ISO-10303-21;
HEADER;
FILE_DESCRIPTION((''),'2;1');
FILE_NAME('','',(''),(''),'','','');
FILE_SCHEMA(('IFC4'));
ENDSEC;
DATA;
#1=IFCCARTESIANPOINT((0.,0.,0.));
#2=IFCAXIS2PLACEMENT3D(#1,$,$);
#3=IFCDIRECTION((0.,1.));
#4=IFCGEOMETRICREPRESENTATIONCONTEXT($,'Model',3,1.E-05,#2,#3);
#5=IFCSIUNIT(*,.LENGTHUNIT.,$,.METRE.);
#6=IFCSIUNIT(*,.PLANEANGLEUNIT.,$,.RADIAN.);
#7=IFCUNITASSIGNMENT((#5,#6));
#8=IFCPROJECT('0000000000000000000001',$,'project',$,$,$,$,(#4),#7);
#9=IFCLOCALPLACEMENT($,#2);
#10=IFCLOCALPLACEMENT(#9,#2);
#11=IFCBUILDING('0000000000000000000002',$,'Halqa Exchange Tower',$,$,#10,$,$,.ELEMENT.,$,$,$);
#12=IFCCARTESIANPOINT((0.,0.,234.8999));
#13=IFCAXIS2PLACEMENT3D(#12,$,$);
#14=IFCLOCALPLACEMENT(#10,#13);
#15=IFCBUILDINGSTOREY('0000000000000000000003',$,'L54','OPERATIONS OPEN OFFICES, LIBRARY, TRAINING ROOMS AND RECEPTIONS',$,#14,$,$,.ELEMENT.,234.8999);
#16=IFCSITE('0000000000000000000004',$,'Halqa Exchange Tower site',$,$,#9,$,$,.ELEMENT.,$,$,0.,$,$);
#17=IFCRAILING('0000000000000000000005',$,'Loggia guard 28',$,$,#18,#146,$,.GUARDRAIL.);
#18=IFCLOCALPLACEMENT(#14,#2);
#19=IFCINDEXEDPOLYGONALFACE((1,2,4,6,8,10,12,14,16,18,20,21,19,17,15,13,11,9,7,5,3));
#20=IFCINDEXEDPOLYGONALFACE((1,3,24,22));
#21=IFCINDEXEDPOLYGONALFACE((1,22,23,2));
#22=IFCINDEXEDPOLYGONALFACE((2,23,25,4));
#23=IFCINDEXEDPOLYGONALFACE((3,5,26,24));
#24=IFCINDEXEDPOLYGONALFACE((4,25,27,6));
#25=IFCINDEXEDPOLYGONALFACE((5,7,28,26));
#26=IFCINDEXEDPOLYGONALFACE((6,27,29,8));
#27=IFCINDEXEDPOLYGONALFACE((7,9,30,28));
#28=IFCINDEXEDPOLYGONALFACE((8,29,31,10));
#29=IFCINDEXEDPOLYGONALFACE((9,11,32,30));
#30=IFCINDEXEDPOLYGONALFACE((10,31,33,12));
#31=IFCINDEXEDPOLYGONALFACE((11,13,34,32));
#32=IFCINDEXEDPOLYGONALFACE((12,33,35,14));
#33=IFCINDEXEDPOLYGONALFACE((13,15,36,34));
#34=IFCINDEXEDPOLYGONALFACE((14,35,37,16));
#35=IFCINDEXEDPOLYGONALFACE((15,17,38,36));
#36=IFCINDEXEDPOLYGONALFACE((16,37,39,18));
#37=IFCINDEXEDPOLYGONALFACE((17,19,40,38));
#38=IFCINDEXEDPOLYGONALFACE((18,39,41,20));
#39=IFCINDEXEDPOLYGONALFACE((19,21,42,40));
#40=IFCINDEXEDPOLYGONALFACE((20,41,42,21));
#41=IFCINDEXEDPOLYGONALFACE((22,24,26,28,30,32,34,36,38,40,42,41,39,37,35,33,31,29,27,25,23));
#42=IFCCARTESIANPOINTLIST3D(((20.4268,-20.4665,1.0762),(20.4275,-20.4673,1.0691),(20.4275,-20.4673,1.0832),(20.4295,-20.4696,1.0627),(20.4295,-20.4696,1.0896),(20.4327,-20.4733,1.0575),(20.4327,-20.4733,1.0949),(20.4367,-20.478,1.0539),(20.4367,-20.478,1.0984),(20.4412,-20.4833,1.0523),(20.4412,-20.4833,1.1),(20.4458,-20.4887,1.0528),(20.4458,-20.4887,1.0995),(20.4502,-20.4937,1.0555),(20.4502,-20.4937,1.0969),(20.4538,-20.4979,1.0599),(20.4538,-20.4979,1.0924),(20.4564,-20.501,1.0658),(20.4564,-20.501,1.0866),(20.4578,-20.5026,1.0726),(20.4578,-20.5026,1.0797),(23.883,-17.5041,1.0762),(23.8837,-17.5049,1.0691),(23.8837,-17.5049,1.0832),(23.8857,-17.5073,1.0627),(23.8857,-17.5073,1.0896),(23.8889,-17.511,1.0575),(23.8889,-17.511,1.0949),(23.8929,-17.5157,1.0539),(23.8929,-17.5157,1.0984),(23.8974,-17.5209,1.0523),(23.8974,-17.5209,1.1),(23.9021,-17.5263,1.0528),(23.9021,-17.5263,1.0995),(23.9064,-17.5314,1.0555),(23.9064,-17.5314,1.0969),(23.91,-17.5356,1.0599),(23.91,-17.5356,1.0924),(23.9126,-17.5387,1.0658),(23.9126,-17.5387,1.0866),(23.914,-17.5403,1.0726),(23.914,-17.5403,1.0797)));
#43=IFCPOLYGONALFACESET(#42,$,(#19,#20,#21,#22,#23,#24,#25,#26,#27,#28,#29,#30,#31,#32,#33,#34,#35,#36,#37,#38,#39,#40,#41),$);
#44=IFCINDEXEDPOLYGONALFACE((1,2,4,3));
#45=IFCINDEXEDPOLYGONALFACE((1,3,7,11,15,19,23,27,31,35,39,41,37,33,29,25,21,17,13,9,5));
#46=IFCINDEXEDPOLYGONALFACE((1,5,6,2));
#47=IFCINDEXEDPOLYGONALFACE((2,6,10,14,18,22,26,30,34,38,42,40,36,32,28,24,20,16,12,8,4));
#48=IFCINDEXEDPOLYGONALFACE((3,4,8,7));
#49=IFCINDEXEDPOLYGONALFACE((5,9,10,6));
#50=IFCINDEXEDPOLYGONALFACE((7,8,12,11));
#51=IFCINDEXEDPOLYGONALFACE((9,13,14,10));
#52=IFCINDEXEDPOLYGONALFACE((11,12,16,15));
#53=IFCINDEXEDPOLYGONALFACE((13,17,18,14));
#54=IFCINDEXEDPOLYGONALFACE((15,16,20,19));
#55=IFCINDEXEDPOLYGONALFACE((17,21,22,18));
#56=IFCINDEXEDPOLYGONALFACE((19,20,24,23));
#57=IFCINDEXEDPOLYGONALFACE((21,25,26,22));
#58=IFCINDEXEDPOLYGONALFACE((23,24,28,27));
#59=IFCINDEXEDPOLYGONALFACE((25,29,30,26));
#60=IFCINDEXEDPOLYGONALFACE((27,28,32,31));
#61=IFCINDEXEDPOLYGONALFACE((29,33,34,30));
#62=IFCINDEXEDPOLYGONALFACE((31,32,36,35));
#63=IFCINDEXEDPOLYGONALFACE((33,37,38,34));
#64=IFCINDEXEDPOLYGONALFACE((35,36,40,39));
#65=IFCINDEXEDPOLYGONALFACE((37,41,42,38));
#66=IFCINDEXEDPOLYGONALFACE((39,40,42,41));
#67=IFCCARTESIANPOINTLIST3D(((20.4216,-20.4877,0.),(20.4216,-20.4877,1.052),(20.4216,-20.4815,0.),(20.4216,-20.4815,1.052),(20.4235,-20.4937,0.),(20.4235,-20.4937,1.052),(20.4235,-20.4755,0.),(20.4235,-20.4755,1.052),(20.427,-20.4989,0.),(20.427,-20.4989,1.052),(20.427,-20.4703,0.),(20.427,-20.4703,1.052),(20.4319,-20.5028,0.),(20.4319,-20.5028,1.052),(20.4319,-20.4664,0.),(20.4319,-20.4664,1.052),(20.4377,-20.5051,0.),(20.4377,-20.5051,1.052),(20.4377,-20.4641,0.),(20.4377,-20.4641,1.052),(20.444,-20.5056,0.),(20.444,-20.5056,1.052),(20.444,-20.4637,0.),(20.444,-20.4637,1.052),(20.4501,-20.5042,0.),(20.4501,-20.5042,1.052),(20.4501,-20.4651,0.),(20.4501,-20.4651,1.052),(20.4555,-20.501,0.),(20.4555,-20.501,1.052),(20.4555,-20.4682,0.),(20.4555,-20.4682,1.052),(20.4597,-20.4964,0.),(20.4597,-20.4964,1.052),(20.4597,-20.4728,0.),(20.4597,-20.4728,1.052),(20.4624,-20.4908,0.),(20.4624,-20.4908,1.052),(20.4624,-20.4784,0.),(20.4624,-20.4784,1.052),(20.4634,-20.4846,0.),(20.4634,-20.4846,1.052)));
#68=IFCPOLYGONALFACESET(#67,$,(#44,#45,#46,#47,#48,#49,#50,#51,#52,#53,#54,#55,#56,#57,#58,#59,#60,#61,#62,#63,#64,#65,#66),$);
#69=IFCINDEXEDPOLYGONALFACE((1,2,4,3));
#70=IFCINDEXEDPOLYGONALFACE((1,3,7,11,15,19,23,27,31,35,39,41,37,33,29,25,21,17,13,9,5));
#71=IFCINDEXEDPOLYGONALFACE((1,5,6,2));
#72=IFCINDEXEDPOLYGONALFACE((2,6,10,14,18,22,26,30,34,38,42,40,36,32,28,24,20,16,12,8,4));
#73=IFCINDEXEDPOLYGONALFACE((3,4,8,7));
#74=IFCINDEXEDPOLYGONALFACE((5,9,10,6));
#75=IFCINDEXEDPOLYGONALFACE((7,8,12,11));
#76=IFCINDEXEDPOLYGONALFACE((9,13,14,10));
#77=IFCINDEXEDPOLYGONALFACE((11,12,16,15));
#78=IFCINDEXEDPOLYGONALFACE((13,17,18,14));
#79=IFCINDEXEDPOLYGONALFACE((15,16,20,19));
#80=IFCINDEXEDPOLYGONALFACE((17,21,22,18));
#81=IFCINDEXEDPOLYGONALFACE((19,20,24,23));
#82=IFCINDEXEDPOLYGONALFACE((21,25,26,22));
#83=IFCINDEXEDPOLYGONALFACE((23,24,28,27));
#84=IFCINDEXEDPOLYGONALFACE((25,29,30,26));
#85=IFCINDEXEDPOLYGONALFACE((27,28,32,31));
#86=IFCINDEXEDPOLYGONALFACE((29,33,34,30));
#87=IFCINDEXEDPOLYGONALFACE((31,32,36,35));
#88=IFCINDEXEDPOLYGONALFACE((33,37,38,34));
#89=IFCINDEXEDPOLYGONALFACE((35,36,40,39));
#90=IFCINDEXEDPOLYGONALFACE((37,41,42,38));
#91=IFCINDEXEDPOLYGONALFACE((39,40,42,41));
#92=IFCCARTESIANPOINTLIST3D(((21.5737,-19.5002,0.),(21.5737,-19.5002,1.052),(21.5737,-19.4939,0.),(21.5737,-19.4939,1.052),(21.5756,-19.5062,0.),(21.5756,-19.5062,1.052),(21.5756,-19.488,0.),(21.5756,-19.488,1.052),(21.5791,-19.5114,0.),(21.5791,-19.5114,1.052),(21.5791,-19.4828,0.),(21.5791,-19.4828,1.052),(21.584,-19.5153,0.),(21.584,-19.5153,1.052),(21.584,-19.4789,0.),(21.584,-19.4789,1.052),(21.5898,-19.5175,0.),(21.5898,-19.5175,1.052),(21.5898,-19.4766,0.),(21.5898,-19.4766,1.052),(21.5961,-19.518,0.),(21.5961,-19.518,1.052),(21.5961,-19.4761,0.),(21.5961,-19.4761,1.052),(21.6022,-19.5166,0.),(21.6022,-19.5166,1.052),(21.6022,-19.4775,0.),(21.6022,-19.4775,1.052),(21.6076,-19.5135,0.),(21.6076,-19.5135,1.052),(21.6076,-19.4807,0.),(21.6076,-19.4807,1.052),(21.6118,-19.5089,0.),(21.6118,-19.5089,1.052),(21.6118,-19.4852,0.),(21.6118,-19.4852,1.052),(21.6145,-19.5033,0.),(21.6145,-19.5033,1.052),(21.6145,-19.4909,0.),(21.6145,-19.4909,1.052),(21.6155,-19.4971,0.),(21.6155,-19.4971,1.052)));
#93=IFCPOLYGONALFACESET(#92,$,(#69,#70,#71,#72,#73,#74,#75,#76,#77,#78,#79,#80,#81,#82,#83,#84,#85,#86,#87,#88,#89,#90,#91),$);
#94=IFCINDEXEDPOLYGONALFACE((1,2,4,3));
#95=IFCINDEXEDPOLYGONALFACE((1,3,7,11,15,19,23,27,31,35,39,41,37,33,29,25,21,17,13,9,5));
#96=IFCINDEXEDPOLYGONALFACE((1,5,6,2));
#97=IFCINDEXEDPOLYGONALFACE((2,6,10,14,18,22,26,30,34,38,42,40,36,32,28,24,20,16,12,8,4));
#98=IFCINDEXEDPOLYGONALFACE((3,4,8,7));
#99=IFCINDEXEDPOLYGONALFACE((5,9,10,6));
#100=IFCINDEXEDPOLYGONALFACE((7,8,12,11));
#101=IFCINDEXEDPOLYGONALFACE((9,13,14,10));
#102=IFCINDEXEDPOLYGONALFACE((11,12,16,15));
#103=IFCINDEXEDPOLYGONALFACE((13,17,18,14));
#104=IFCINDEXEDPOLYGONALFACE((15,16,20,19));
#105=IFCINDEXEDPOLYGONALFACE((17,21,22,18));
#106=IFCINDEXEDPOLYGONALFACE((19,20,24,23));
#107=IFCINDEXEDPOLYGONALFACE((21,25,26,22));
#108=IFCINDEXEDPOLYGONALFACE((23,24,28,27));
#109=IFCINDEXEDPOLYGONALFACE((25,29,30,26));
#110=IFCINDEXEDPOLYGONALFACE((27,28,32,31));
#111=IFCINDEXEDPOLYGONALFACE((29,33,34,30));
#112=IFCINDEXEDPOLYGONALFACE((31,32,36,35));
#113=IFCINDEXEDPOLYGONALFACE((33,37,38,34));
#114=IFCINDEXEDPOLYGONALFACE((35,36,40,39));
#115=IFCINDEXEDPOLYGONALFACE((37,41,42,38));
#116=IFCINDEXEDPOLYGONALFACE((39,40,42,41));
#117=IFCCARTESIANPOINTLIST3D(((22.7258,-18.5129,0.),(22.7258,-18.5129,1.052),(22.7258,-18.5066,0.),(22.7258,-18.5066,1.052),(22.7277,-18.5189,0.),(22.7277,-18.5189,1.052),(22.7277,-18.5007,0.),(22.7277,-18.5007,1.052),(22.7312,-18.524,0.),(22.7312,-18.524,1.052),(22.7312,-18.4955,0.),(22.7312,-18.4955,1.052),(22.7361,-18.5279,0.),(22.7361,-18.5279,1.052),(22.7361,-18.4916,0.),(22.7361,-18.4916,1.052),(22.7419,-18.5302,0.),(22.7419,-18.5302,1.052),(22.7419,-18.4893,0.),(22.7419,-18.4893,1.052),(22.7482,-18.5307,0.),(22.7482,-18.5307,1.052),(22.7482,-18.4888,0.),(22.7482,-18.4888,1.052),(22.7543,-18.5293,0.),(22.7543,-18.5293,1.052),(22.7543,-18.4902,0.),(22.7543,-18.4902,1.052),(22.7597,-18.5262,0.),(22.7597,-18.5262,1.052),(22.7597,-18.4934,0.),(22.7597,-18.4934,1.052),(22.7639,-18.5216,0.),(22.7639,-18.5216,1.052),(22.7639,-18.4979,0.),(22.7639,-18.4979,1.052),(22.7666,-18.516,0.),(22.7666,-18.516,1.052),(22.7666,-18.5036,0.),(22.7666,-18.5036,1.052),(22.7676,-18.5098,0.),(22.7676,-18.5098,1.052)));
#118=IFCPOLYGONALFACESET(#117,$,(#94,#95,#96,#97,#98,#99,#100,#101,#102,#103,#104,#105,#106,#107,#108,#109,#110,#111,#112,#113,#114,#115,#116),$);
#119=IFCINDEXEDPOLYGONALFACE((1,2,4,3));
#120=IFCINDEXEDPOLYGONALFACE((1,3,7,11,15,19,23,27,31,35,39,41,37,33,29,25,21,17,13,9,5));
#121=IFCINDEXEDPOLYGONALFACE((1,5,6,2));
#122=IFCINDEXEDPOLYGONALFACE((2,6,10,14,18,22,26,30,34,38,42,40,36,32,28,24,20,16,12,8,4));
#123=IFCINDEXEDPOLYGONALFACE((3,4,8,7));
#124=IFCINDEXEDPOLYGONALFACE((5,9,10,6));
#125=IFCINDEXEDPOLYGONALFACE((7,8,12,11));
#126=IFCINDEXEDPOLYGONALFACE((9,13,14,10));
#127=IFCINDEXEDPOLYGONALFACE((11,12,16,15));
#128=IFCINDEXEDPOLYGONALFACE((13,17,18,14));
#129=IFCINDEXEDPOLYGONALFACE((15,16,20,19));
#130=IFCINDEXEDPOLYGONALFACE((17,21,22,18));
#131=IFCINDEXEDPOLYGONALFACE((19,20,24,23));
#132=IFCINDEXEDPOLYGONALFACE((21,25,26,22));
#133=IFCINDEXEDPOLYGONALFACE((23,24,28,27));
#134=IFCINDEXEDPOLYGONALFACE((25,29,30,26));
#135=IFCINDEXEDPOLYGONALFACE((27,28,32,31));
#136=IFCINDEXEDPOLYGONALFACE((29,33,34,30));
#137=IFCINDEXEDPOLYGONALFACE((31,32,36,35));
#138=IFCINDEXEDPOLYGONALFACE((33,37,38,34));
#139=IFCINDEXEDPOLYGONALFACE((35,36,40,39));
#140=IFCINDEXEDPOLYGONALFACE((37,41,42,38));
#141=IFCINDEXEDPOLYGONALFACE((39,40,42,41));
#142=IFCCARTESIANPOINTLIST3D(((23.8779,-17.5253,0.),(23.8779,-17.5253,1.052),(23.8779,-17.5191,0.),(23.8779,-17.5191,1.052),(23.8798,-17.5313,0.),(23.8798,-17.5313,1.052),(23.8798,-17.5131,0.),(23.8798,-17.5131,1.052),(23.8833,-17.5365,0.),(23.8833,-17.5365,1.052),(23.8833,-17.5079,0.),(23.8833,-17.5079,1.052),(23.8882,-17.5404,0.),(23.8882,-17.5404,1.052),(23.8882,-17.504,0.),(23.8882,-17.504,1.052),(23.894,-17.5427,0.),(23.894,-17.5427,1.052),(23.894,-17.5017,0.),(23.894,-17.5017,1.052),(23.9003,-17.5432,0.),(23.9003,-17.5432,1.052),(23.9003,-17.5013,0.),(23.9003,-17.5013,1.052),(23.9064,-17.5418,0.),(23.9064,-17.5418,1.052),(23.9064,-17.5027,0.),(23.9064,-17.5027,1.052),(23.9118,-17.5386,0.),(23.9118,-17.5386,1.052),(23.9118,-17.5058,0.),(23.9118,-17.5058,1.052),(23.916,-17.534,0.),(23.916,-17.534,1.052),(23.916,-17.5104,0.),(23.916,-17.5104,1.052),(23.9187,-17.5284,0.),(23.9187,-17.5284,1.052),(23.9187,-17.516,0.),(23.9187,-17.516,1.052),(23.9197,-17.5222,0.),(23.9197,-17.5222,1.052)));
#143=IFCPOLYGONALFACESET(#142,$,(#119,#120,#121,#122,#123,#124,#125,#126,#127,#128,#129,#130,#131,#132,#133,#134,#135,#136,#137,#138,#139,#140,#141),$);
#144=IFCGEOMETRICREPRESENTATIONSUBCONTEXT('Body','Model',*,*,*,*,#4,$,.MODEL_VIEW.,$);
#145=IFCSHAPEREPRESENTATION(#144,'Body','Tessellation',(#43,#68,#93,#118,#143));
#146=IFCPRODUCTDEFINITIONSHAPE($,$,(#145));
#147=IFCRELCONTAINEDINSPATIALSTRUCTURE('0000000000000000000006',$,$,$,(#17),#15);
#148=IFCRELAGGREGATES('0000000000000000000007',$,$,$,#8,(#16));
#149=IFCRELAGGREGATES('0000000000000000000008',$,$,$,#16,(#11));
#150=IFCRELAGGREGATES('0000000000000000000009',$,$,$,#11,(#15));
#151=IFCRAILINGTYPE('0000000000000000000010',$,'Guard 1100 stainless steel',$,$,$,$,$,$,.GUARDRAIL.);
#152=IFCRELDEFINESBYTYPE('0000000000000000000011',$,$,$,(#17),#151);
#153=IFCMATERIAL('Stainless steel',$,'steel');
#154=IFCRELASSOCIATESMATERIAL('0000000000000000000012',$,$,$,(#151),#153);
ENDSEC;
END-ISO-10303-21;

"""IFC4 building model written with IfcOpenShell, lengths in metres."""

from ifc_helpers import new_model, si_unit, direction, frame, origin, origin_2d, place, context, subcontext, project, spatial, circle, extrude, material, type_object, element, save


model = new_model("IFC4")

# Units and contexts
model_context = context("Model", 3, precision=1e-05, world=origin(), true_north=direction((0.0, 1.0)))
body_context = subcontext(model_context, "Body", "Model", "MODEL_VIEW")
ifc_project = project(units=[si_unit("LENGTHUNIT", "METRE"), si_unit("PLANEANGLEUNIT", "RADIAN")], contexts=[model_context])

# Site, building, storey
site_placement = place(None, origin())
site = spatial("IfcSite", under=ifc_project, at=site_placement, Name="Halqa Exchange Tower site", CompositionType="ELEMENT", RefElevation=0.0)
building_placement = place(site_placement, origin())
building = spatial("IfcBuilding", under=site, at=building_placement, Name="Halqa Exchange Tower", CompositionType="ELEMENT")
storey_placement = place(building_placement, frame((0.0, 0.0, 234.8999)))
storey = spatial("IfcBuildingStorey", under=building, at=storey_placement, Name="L54", Description="OPERATIONS OPEN OFFICES, LIBRARY, TRAINING ROOMS AND RECEPTIONS", CompositionType="ELEMENT", Elevation=234.8999)

# Railing
ifc_material_1 = material(Name="Stainless steel", Category="steel")
railing_type = type_object("IfcRailingType", Name="Guard 1100 stainless steel", PredefinedType="GUARDRAIL", material=ifc_material_1)
railing_1_placement = place(storey_placement, frame((20.4424, -20.4846, 0.0)))
element("IfcRailing", 1, at=railing_1_placement, inside=storey, type_object=railing_type, Name="Loggia guard 28", PredefinedType="GUARDRAIL", context=body_context, shape_type="SweptSolid", body=[
    extrude(circle(Radius=0.0239, at=origin_2d()), frame((0.0, 0.0, 1.0762), z_axis=(0.759272, 0.650774, 0.0), x_axis=(-0.650774, 0.759272, 0.0)), (0.0, 0.0, 1.0), 4.552),
    extrude(circle(Radius=0.021, at=origin_2d()), origin(), (0.0, 0.0, 1.0), 1.052),
    extrude(circle(Radius=0.021, at=origin_2d()), frame((1.1521, 0.9875, 0.0)), (0.0, 0.0, 1.0), 1.052),
    extrude(circle(Radius=0.021, at=origin_2d()), frame((2.3042, 1.9749, 0.0)), (0.0, 0.0, 1.0), 1.052),
    extrude(circle(Radius=0.021, at=origin_2d()), frame((3.4563, 2.9624, 0.0)), (0.0, 0.0, 1.0), 1.052),
])

save(model, "model.ifc")
